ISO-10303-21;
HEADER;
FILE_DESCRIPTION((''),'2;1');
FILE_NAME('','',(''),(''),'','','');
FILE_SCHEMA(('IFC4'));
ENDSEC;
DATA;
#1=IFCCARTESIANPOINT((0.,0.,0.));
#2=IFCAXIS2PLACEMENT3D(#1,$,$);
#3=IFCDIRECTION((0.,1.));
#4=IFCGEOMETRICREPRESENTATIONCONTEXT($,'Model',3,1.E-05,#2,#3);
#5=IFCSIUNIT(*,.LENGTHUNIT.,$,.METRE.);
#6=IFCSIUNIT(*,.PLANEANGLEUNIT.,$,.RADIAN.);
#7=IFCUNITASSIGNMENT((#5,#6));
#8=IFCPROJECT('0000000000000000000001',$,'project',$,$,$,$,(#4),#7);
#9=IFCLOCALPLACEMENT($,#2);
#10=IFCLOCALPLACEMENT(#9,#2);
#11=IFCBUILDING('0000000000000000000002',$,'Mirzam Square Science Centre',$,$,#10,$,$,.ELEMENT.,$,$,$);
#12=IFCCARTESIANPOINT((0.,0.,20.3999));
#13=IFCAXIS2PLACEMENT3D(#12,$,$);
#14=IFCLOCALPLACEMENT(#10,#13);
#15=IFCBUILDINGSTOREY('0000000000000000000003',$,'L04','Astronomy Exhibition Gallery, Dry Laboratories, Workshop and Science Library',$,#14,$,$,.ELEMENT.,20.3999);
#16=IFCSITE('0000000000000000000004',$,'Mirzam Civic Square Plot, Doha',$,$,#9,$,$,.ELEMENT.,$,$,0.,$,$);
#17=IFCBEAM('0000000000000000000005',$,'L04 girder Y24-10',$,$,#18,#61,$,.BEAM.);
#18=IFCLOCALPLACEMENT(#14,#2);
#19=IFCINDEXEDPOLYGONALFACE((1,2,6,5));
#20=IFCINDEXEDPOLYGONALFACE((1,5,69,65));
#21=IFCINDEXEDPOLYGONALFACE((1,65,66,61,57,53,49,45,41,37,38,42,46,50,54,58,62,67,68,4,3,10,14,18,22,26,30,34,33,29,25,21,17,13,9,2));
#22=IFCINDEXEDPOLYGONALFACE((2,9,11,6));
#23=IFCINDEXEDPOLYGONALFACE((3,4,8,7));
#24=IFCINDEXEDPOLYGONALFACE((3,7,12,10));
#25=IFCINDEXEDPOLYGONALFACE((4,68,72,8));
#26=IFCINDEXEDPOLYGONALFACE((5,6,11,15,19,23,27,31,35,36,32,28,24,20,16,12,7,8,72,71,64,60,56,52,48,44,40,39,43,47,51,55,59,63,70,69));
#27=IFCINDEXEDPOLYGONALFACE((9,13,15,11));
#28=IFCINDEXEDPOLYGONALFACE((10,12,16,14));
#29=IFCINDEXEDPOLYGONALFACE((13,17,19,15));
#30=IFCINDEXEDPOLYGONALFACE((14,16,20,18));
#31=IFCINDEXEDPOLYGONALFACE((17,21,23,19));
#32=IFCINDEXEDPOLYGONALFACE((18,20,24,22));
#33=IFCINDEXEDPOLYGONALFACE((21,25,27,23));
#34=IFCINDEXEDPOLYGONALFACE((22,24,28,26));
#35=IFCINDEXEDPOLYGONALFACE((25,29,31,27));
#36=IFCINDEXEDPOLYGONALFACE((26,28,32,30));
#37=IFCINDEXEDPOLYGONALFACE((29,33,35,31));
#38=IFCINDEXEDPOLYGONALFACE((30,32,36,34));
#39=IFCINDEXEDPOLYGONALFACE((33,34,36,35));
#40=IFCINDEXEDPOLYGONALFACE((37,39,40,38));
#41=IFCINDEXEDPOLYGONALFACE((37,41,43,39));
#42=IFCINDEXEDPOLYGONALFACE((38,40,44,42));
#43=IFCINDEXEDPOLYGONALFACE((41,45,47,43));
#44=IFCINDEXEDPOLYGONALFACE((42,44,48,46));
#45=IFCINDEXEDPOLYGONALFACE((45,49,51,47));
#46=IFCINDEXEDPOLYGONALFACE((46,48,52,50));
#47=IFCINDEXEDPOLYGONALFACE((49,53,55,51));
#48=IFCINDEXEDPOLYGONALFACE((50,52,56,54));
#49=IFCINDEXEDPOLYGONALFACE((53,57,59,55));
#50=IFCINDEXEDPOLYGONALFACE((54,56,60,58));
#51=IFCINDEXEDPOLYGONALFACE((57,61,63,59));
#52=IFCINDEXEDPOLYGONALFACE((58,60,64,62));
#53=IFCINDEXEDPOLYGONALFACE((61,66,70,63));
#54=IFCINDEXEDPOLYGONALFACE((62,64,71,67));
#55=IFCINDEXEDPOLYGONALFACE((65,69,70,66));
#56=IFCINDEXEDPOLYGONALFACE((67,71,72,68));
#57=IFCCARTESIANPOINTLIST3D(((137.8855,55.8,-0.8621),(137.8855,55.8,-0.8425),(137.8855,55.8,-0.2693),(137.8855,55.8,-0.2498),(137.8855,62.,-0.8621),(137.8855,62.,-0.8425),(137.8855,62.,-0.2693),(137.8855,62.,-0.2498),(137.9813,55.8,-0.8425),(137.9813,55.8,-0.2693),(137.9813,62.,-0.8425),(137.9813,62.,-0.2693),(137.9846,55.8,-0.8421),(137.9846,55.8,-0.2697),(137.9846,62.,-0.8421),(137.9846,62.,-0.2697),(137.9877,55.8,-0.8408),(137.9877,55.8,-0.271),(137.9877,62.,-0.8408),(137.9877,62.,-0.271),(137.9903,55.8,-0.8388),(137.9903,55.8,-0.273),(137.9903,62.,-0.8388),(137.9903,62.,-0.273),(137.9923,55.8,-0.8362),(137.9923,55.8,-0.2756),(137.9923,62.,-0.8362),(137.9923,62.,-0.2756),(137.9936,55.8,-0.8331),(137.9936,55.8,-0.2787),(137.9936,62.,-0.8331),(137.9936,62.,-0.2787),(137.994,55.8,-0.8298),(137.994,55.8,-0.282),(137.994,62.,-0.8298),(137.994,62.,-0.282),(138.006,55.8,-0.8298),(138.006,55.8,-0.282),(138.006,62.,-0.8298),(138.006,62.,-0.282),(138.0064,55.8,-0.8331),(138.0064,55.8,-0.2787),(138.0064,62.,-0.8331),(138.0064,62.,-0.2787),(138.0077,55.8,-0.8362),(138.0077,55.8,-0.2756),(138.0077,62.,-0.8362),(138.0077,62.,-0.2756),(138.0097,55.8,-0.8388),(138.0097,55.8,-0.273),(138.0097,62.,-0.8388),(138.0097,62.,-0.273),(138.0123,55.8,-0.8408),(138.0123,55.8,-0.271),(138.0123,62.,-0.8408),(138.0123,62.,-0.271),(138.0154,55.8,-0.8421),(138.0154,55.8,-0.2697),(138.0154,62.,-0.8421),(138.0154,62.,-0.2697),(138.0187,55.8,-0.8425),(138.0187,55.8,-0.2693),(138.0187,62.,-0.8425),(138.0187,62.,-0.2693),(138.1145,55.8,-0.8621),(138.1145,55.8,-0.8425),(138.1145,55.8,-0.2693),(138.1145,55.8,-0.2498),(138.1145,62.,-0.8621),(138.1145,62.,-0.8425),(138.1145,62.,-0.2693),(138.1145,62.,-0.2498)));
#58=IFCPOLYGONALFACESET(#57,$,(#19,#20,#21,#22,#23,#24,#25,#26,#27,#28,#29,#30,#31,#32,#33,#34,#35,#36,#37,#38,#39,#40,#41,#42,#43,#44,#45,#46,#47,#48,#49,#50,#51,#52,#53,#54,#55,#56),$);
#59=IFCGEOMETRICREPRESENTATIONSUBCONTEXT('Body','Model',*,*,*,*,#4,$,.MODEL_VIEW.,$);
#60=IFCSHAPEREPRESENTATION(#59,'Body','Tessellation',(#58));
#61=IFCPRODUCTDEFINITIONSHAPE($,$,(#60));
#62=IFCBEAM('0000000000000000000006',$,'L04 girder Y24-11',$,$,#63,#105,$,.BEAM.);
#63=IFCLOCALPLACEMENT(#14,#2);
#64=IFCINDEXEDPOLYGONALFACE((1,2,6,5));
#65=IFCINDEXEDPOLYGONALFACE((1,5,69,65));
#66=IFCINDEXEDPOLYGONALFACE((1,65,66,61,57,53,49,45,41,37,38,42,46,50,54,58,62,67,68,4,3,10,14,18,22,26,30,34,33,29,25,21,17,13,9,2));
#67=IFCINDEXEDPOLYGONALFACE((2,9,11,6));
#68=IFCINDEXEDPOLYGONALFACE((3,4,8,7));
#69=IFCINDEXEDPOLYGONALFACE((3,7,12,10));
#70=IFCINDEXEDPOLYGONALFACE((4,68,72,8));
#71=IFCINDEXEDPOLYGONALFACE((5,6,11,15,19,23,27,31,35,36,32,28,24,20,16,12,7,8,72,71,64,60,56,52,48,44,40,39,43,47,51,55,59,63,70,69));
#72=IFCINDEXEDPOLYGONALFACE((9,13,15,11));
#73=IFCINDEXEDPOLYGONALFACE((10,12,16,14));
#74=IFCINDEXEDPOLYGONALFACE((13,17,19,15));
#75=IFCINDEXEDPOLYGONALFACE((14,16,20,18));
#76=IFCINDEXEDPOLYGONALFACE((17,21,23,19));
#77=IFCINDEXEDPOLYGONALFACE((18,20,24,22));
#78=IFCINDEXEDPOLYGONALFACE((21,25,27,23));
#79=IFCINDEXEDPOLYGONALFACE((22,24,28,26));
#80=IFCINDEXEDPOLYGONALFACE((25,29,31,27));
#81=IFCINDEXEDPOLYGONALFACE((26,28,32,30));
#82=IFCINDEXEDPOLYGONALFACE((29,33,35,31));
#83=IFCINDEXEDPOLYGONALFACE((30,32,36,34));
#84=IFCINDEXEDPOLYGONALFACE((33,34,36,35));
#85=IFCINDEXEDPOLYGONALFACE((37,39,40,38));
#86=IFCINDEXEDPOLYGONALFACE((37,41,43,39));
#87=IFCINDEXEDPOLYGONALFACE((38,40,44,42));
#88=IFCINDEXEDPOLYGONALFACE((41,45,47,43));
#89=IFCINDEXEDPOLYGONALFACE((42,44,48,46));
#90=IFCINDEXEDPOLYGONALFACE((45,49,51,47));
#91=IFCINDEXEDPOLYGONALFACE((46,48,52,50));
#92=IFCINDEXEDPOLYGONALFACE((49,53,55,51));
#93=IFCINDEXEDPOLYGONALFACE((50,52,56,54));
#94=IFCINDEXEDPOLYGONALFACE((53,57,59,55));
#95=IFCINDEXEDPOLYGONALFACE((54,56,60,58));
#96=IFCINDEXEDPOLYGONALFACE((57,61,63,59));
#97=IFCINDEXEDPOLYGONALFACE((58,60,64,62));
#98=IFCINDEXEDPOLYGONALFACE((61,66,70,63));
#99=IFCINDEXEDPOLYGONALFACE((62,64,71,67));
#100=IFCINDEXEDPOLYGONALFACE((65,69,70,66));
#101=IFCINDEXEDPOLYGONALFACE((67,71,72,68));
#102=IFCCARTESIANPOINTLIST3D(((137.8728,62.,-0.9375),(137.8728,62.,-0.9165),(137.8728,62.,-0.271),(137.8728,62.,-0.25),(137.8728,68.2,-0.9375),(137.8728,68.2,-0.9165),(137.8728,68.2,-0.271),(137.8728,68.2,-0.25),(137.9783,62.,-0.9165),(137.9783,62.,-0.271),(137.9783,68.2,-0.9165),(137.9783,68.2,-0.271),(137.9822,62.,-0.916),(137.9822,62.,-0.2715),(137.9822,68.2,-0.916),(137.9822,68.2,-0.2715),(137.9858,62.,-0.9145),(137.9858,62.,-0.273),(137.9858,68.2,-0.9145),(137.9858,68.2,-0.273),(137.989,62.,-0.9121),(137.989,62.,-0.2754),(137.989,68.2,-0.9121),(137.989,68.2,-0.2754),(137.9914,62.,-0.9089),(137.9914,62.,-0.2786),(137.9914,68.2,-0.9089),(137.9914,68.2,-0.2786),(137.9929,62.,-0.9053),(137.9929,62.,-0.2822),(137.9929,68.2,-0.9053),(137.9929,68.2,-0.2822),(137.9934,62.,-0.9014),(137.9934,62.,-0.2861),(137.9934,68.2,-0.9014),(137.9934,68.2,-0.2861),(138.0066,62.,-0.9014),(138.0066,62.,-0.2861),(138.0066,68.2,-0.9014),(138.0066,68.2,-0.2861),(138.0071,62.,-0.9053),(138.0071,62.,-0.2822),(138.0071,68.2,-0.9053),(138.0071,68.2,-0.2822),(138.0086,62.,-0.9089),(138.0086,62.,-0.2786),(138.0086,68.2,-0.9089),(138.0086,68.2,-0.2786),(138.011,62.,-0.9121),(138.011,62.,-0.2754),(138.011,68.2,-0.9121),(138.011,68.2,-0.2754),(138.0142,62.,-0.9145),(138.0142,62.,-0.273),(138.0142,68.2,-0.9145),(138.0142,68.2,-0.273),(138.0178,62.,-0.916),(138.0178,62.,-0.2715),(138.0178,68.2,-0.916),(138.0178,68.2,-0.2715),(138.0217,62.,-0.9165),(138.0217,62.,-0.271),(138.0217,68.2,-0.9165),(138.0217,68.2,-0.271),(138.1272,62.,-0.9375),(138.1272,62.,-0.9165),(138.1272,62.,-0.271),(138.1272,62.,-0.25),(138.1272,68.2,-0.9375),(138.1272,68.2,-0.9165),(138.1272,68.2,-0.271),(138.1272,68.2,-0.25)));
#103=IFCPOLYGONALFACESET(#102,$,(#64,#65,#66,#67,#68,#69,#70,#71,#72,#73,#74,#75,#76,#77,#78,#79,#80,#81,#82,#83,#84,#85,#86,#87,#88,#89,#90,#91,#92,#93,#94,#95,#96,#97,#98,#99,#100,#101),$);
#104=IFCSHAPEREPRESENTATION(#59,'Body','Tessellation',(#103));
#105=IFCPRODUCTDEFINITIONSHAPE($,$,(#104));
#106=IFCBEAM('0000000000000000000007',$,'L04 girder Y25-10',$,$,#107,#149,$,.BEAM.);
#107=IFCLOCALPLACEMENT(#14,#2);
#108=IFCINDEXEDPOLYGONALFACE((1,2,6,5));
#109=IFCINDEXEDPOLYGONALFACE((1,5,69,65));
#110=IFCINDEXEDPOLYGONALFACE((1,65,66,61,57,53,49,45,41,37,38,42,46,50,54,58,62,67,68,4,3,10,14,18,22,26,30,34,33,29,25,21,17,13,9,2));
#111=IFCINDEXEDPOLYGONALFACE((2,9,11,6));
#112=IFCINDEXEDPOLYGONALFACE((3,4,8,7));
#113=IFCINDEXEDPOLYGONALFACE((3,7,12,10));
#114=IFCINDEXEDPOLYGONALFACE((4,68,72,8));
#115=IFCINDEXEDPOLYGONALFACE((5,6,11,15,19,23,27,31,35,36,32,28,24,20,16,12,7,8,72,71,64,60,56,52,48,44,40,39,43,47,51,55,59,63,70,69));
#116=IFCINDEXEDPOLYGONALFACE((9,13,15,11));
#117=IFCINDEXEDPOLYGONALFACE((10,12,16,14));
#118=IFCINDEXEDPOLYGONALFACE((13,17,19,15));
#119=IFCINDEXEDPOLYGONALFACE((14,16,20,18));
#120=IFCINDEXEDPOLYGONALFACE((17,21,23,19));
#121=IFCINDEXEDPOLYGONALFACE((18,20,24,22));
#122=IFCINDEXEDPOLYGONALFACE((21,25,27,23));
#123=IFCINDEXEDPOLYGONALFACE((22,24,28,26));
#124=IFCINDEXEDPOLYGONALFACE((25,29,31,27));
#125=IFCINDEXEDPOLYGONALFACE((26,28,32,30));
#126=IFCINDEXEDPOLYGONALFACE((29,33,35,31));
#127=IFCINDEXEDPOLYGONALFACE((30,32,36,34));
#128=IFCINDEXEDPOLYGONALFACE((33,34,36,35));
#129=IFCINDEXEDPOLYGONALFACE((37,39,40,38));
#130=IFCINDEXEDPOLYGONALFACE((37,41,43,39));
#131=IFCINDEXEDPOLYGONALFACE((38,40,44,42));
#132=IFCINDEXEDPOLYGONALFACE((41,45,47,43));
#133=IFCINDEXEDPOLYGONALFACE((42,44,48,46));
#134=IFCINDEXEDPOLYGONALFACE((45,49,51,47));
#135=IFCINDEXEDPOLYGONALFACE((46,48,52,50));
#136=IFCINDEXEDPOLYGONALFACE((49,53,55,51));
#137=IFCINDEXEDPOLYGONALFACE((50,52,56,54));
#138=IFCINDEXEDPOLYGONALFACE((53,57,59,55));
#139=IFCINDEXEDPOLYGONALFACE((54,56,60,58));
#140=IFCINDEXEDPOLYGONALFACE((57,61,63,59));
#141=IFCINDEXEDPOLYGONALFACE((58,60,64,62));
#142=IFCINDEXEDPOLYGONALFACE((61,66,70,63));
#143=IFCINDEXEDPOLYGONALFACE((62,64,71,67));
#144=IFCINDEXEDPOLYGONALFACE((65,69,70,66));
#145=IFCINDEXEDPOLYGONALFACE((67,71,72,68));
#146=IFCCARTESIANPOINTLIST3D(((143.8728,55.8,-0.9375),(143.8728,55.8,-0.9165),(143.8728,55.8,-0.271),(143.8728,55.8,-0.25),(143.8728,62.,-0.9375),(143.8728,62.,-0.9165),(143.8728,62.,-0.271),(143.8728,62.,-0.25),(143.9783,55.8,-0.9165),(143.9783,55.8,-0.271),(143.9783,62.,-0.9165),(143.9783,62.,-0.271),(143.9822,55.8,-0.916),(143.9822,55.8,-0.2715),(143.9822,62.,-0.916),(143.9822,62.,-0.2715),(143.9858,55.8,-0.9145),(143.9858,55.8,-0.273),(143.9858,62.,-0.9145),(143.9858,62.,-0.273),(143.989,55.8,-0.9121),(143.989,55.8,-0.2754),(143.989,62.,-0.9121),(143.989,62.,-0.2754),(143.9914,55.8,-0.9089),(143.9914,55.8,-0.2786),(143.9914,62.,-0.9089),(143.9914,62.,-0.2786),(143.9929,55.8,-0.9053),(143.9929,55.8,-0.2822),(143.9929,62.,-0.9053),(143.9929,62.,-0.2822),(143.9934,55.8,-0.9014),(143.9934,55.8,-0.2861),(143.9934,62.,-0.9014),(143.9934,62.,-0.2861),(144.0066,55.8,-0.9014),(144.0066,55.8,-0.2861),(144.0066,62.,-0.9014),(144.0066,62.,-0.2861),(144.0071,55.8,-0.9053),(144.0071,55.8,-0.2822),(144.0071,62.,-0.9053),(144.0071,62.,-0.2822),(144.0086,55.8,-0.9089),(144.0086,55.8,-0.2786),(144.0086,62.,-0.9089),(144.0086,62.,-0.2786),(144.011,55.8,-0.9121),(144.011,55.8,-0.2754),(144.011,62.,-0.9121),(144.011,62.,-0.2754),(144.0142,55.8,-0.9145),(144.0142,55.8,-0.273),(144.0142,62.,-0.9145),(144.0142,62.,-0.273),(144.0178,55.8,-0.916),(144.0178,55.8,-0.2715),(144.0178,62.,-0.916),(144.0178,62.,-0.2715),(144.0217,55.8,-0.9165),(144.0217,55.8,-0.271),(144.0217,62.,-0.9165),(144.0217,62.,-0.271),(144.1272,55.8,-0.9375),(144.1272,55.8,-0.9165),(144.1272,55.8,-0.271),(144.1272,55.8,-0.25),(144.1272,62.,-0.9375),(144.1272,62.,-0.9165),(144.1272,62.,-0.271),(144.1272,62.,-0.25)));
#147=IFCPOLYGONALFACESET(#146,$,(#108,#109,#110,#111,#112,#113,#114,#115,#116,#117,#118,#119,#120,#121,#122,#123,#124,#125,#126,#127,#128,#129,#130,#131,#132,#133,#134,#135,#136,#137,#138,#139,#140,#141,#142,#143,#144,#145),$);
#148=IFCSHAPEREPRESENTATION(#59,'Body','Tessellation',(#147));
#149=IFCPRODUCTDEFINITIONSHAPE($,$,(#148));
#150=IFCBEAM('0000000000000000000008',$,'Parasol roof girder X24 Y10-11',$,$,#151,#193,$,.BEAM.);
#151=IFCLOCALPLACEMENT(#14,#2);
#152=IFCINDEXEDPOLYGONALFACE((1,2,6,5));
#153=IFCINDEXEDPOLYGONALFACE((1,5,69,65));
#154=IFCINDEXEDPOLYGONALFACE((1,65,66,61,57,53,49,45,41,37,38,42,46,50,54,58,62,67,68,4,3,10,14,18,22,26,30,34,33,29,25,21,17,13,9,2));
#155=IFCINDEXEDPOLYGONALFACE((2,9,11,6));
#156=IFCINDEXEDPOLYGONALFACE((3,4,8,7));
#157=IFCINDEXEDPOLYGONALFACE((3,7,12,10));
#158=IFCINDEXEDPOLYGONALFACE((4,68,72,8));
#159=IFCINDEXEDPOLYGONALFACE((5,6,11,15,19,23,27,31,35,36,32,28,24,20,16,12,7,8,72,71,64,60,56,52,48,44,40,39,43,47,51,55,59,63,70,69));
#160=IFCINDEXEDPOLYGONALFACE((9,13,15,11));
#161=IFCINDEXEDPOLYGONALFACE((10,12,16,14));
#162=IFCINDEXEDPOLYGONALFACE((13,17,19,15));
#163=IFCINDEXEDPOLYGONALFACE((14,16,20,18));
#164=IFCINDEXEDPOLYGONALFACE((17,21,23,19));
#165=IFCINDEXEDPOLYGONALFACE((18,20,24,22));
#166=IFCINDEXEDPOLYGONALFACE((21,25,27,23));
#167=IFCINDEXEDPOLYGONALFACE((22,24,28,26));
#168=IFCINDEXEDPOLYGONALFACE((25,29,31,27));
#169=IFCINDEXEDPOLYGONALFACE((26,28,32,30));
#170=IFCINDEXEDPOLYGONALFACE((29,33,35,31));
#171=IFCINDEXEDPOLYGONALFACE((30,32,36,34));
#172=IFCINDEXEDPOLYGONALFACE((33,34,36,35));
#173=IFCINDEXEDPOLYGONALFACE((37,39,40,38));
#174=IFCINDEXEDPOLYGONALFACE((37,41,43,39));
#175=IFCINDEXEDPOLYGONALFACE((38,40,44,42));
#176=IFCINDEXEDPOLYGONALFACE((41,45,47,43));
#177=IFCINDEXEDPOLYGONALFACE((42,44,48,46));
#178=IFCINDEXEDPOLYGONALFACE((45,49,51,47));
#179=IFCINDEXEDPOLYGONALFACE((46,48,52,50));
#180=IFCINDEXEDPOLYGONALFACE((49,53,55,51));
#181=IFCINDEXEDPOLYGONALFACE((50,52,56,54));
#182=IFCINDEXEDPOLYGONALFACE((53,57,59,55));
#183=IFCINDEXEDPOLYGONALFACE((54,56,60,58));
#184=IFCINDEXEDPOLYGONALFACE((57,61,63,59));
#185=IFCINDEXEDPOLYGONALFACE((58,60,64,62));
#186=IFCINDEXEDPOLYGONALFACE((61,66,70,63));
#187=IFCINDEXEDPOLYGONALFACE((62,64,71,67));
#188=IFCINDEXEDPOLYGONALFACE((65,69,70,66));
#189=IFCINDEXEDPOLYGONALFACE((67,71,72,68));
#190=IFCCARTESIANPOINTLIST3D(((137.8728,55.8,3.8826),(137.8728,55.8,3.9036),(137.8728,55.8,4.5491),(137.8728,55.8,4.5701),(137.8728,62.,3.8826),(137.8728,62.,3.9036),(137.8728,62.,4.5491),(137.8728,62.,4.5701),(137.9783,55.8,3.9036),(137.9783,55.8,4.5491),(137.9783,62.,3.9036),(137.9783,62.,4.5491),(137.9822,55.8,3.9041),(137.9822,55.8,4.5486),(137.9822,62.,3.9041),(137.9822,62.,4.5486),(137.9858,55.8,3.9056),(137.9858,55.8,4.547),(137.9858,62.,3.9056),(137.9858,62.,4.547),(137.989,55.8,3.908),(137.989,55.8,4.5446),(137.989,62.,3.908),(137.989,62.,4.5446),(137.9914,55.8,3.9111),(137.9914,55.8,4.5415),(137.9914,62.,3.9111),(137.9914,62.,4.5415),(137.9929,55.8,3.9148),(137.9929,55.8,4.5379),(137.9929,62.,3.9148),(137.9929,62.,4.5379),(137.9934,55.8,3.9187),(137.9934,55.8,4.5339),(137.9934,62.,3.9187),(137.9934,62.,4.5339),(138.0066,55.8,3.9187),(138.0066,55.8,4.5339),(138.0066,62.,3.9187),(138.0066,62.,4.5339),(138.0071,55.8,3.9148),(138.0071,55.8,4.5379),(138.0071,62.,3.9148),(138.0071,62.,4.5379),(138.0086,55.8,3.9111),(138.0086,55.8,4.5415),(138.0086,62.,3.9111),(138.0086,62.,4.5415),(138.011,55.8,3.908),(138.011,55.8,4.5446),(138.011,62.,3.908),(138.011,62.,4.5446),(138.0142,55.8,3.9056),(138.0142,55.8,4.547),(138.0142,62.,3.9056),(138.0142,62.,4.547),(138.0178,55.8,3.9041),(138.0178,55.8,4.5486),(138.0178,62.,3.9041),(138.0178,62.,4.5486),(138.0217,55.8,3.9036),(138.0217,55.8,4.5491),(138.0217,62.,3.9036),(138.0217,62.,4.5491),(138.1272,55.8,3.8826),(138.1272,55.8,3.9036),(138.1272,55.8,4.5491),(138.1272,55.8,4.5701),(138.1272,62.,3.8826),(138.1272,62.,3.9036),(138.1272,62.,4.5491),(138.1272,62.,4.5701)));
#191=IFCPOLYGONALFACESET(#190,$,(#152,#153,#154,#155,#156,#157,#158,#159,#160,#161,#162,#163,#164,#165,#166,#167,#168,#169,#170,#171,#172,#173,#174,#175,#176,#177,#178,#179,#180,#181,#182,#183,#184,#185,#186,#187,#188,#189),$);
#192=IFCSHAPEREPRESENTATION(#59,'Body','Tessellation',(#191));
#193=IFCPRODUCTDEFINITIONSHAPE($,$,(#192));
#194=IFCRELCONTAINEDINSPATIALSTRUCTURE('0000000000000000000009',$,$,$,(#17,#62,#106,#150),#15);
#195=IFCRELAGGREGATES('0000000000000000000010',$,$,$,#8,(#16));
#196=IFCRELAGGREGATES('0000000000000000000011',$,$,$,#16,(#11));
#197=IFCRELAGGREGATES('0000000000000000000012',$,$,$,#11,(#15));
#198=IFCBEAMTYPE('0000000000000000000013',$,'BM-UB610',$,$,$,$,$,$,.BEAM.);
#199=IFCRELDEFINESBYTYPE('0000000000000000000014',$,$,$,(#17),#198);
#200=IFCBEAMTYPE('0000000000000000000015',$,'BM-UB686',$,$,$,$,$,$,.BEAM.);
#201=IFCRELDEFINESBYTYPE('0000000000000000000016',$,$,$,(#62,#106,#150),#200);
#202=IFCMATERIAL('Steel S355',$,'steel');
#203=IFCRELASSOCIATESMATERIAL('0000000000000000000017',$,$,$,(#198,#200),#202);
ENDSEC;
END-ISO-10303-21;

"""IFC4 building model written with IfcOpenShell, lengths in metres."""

from ifc_helpers import new_model, si_unit, direction, frame, origin, origin_2d, place, context, subcontext, project, spatial, i_section, extrude, material, material_profile, profile_set, type_object, element, save


model = new_model("IFC4")

# Units and contexts
model_context = context("Model", 3, precision=1e-05, world=origin(), true_north=direction((0.0, 1.0)))
body_context = subcontext(model_context, "Body", "Model", "MODEL_VIEW")
ifc_project = project(units=[si_unit("LENGTHUNIT", "METRE"), si_unit("PLANEANGLEUNIT", "RADIAN")], contexts=[model_context])

# Site, building, storey
site_placement = place(None, origin())
site = spatial("IfcSite", under=ifc_project, at=site_placement, Name="Mirzam Civic Square Plot, Doha", CompositionType="ELEMENT", RefElevation=0.0)
building_placement = place(site_placement, origin())
building = spatial("IfcBuilding", under=site, at=building_placement, Name="Mirzam Square Science Centre", CompositionType="ELEMENT")
storey_placement = place(building_placement, frame((0.0, 0.0, 20.3999)))
storey = spatial("IfcBuildingStorey", under=building, at=storey_placement, Name="L04", Description="Astronomy Exhibition Gallery, Dry Laboratories, Workshop and Science Library", CompositionType="ELEMENT", Elevation=20.3999)

# Shared definitions
ifc_material_1 = material(Name="Steel S355", Category="steel")

# Beams
ifc_material_profile_1 = material_profile(ifc_material_1, i_section(OverallWidth=0.229, OverallDepth=0.6123, WebThickness=0.012, FlangeThickness=0.0195, FilletRadius=0.0127, at=origin_2d()), Name="610x229x125UB")
ifc_profile_set_1 = profile_set([ifc_material_profile_1], Name="Steel S355")
beam_type_1 = type_object("IfcBeamType", Name="BM-UB610", PredefinedType="BEAM", material=ifc_profile_set_1)
beam_1_placement = place(storey_placement, frame((138.0, 55.8, -0.5559), z_axis=(0.0, 1.0, 0.0), x_axis=(-1.0, 0.0, 0.0)))
element("IfcBeam", 1, at=beam_1_placement, inside=storey, type_object=beam_type_1, Name="L04 girder Y24-10", PredefinedType="BEAM", context=body_context, shape_type="SweptSolid", body=[
    extrude(i_section(OverallWidth=0.229, OverallDepth=0.6123, WebThickness=0.012, FlangeThickness=0.0195, FilletRadius=0.0127, at=origin_2d()), origin(), (0.0, 0.0, 1.0), 6.2),
])
ifc_material_profile_2 = material_profile(ifc_material_1, i_section(OverallWidth=0.2544, OverallDepth=0.6875, WebThickness=0.0132, FlangeThickness=0.021, FilletRadius=0.0151, at=origin_2d()), Name="686x254x152UB")
ifc_profile_set_2 = profile_set([ifc_material_profile_2], Name="Steel S355")
beam_type_2 = type_object("IfcBeamType", Name="BM-UB686", PredefinedType="BEAM", material=ifc_profile_set_2)
for number, where, z_axis, x_axis, name in (
    (2, (138.0, 62.0, -0.5938), (0.0, 1.0, 0.0), (-1.0, 0.0, 0.0), "L04 girder Y24-11"),
    (3, (144.0, 55.8, -0.5938), (0.0, 1.0, 0.0), (-1.0, 0.0, 0.0), "L04 girder Y25-10"),
    (4, (138.0, 55.8, 4.2263), (0.0, 1.0, 0.0), (-1.0, 0.0, 0.0), "Parasol roof girder X24 Y10-11"),
):
    element("IfcBeam", number, at=place(storey_placement, frame(where, z_axis=z_axis, x_axis=x_axis)), inside=storey, type_object=beam_type_2, Name=name, PredefinedType="BEAM", context=body_context, shape_type="SweptSolid", body=[
        extrude(i_section(OverallWidth=0.2544, OverallDepth=0.6875, WebThickness=0.0132, FlangeThickness=0.021, FilletRadius=0.0151, at=origin_2d()), origin(), (0.0, 0.0, 1.0), 6.2),
    ])

save(model, "model.ifc")
